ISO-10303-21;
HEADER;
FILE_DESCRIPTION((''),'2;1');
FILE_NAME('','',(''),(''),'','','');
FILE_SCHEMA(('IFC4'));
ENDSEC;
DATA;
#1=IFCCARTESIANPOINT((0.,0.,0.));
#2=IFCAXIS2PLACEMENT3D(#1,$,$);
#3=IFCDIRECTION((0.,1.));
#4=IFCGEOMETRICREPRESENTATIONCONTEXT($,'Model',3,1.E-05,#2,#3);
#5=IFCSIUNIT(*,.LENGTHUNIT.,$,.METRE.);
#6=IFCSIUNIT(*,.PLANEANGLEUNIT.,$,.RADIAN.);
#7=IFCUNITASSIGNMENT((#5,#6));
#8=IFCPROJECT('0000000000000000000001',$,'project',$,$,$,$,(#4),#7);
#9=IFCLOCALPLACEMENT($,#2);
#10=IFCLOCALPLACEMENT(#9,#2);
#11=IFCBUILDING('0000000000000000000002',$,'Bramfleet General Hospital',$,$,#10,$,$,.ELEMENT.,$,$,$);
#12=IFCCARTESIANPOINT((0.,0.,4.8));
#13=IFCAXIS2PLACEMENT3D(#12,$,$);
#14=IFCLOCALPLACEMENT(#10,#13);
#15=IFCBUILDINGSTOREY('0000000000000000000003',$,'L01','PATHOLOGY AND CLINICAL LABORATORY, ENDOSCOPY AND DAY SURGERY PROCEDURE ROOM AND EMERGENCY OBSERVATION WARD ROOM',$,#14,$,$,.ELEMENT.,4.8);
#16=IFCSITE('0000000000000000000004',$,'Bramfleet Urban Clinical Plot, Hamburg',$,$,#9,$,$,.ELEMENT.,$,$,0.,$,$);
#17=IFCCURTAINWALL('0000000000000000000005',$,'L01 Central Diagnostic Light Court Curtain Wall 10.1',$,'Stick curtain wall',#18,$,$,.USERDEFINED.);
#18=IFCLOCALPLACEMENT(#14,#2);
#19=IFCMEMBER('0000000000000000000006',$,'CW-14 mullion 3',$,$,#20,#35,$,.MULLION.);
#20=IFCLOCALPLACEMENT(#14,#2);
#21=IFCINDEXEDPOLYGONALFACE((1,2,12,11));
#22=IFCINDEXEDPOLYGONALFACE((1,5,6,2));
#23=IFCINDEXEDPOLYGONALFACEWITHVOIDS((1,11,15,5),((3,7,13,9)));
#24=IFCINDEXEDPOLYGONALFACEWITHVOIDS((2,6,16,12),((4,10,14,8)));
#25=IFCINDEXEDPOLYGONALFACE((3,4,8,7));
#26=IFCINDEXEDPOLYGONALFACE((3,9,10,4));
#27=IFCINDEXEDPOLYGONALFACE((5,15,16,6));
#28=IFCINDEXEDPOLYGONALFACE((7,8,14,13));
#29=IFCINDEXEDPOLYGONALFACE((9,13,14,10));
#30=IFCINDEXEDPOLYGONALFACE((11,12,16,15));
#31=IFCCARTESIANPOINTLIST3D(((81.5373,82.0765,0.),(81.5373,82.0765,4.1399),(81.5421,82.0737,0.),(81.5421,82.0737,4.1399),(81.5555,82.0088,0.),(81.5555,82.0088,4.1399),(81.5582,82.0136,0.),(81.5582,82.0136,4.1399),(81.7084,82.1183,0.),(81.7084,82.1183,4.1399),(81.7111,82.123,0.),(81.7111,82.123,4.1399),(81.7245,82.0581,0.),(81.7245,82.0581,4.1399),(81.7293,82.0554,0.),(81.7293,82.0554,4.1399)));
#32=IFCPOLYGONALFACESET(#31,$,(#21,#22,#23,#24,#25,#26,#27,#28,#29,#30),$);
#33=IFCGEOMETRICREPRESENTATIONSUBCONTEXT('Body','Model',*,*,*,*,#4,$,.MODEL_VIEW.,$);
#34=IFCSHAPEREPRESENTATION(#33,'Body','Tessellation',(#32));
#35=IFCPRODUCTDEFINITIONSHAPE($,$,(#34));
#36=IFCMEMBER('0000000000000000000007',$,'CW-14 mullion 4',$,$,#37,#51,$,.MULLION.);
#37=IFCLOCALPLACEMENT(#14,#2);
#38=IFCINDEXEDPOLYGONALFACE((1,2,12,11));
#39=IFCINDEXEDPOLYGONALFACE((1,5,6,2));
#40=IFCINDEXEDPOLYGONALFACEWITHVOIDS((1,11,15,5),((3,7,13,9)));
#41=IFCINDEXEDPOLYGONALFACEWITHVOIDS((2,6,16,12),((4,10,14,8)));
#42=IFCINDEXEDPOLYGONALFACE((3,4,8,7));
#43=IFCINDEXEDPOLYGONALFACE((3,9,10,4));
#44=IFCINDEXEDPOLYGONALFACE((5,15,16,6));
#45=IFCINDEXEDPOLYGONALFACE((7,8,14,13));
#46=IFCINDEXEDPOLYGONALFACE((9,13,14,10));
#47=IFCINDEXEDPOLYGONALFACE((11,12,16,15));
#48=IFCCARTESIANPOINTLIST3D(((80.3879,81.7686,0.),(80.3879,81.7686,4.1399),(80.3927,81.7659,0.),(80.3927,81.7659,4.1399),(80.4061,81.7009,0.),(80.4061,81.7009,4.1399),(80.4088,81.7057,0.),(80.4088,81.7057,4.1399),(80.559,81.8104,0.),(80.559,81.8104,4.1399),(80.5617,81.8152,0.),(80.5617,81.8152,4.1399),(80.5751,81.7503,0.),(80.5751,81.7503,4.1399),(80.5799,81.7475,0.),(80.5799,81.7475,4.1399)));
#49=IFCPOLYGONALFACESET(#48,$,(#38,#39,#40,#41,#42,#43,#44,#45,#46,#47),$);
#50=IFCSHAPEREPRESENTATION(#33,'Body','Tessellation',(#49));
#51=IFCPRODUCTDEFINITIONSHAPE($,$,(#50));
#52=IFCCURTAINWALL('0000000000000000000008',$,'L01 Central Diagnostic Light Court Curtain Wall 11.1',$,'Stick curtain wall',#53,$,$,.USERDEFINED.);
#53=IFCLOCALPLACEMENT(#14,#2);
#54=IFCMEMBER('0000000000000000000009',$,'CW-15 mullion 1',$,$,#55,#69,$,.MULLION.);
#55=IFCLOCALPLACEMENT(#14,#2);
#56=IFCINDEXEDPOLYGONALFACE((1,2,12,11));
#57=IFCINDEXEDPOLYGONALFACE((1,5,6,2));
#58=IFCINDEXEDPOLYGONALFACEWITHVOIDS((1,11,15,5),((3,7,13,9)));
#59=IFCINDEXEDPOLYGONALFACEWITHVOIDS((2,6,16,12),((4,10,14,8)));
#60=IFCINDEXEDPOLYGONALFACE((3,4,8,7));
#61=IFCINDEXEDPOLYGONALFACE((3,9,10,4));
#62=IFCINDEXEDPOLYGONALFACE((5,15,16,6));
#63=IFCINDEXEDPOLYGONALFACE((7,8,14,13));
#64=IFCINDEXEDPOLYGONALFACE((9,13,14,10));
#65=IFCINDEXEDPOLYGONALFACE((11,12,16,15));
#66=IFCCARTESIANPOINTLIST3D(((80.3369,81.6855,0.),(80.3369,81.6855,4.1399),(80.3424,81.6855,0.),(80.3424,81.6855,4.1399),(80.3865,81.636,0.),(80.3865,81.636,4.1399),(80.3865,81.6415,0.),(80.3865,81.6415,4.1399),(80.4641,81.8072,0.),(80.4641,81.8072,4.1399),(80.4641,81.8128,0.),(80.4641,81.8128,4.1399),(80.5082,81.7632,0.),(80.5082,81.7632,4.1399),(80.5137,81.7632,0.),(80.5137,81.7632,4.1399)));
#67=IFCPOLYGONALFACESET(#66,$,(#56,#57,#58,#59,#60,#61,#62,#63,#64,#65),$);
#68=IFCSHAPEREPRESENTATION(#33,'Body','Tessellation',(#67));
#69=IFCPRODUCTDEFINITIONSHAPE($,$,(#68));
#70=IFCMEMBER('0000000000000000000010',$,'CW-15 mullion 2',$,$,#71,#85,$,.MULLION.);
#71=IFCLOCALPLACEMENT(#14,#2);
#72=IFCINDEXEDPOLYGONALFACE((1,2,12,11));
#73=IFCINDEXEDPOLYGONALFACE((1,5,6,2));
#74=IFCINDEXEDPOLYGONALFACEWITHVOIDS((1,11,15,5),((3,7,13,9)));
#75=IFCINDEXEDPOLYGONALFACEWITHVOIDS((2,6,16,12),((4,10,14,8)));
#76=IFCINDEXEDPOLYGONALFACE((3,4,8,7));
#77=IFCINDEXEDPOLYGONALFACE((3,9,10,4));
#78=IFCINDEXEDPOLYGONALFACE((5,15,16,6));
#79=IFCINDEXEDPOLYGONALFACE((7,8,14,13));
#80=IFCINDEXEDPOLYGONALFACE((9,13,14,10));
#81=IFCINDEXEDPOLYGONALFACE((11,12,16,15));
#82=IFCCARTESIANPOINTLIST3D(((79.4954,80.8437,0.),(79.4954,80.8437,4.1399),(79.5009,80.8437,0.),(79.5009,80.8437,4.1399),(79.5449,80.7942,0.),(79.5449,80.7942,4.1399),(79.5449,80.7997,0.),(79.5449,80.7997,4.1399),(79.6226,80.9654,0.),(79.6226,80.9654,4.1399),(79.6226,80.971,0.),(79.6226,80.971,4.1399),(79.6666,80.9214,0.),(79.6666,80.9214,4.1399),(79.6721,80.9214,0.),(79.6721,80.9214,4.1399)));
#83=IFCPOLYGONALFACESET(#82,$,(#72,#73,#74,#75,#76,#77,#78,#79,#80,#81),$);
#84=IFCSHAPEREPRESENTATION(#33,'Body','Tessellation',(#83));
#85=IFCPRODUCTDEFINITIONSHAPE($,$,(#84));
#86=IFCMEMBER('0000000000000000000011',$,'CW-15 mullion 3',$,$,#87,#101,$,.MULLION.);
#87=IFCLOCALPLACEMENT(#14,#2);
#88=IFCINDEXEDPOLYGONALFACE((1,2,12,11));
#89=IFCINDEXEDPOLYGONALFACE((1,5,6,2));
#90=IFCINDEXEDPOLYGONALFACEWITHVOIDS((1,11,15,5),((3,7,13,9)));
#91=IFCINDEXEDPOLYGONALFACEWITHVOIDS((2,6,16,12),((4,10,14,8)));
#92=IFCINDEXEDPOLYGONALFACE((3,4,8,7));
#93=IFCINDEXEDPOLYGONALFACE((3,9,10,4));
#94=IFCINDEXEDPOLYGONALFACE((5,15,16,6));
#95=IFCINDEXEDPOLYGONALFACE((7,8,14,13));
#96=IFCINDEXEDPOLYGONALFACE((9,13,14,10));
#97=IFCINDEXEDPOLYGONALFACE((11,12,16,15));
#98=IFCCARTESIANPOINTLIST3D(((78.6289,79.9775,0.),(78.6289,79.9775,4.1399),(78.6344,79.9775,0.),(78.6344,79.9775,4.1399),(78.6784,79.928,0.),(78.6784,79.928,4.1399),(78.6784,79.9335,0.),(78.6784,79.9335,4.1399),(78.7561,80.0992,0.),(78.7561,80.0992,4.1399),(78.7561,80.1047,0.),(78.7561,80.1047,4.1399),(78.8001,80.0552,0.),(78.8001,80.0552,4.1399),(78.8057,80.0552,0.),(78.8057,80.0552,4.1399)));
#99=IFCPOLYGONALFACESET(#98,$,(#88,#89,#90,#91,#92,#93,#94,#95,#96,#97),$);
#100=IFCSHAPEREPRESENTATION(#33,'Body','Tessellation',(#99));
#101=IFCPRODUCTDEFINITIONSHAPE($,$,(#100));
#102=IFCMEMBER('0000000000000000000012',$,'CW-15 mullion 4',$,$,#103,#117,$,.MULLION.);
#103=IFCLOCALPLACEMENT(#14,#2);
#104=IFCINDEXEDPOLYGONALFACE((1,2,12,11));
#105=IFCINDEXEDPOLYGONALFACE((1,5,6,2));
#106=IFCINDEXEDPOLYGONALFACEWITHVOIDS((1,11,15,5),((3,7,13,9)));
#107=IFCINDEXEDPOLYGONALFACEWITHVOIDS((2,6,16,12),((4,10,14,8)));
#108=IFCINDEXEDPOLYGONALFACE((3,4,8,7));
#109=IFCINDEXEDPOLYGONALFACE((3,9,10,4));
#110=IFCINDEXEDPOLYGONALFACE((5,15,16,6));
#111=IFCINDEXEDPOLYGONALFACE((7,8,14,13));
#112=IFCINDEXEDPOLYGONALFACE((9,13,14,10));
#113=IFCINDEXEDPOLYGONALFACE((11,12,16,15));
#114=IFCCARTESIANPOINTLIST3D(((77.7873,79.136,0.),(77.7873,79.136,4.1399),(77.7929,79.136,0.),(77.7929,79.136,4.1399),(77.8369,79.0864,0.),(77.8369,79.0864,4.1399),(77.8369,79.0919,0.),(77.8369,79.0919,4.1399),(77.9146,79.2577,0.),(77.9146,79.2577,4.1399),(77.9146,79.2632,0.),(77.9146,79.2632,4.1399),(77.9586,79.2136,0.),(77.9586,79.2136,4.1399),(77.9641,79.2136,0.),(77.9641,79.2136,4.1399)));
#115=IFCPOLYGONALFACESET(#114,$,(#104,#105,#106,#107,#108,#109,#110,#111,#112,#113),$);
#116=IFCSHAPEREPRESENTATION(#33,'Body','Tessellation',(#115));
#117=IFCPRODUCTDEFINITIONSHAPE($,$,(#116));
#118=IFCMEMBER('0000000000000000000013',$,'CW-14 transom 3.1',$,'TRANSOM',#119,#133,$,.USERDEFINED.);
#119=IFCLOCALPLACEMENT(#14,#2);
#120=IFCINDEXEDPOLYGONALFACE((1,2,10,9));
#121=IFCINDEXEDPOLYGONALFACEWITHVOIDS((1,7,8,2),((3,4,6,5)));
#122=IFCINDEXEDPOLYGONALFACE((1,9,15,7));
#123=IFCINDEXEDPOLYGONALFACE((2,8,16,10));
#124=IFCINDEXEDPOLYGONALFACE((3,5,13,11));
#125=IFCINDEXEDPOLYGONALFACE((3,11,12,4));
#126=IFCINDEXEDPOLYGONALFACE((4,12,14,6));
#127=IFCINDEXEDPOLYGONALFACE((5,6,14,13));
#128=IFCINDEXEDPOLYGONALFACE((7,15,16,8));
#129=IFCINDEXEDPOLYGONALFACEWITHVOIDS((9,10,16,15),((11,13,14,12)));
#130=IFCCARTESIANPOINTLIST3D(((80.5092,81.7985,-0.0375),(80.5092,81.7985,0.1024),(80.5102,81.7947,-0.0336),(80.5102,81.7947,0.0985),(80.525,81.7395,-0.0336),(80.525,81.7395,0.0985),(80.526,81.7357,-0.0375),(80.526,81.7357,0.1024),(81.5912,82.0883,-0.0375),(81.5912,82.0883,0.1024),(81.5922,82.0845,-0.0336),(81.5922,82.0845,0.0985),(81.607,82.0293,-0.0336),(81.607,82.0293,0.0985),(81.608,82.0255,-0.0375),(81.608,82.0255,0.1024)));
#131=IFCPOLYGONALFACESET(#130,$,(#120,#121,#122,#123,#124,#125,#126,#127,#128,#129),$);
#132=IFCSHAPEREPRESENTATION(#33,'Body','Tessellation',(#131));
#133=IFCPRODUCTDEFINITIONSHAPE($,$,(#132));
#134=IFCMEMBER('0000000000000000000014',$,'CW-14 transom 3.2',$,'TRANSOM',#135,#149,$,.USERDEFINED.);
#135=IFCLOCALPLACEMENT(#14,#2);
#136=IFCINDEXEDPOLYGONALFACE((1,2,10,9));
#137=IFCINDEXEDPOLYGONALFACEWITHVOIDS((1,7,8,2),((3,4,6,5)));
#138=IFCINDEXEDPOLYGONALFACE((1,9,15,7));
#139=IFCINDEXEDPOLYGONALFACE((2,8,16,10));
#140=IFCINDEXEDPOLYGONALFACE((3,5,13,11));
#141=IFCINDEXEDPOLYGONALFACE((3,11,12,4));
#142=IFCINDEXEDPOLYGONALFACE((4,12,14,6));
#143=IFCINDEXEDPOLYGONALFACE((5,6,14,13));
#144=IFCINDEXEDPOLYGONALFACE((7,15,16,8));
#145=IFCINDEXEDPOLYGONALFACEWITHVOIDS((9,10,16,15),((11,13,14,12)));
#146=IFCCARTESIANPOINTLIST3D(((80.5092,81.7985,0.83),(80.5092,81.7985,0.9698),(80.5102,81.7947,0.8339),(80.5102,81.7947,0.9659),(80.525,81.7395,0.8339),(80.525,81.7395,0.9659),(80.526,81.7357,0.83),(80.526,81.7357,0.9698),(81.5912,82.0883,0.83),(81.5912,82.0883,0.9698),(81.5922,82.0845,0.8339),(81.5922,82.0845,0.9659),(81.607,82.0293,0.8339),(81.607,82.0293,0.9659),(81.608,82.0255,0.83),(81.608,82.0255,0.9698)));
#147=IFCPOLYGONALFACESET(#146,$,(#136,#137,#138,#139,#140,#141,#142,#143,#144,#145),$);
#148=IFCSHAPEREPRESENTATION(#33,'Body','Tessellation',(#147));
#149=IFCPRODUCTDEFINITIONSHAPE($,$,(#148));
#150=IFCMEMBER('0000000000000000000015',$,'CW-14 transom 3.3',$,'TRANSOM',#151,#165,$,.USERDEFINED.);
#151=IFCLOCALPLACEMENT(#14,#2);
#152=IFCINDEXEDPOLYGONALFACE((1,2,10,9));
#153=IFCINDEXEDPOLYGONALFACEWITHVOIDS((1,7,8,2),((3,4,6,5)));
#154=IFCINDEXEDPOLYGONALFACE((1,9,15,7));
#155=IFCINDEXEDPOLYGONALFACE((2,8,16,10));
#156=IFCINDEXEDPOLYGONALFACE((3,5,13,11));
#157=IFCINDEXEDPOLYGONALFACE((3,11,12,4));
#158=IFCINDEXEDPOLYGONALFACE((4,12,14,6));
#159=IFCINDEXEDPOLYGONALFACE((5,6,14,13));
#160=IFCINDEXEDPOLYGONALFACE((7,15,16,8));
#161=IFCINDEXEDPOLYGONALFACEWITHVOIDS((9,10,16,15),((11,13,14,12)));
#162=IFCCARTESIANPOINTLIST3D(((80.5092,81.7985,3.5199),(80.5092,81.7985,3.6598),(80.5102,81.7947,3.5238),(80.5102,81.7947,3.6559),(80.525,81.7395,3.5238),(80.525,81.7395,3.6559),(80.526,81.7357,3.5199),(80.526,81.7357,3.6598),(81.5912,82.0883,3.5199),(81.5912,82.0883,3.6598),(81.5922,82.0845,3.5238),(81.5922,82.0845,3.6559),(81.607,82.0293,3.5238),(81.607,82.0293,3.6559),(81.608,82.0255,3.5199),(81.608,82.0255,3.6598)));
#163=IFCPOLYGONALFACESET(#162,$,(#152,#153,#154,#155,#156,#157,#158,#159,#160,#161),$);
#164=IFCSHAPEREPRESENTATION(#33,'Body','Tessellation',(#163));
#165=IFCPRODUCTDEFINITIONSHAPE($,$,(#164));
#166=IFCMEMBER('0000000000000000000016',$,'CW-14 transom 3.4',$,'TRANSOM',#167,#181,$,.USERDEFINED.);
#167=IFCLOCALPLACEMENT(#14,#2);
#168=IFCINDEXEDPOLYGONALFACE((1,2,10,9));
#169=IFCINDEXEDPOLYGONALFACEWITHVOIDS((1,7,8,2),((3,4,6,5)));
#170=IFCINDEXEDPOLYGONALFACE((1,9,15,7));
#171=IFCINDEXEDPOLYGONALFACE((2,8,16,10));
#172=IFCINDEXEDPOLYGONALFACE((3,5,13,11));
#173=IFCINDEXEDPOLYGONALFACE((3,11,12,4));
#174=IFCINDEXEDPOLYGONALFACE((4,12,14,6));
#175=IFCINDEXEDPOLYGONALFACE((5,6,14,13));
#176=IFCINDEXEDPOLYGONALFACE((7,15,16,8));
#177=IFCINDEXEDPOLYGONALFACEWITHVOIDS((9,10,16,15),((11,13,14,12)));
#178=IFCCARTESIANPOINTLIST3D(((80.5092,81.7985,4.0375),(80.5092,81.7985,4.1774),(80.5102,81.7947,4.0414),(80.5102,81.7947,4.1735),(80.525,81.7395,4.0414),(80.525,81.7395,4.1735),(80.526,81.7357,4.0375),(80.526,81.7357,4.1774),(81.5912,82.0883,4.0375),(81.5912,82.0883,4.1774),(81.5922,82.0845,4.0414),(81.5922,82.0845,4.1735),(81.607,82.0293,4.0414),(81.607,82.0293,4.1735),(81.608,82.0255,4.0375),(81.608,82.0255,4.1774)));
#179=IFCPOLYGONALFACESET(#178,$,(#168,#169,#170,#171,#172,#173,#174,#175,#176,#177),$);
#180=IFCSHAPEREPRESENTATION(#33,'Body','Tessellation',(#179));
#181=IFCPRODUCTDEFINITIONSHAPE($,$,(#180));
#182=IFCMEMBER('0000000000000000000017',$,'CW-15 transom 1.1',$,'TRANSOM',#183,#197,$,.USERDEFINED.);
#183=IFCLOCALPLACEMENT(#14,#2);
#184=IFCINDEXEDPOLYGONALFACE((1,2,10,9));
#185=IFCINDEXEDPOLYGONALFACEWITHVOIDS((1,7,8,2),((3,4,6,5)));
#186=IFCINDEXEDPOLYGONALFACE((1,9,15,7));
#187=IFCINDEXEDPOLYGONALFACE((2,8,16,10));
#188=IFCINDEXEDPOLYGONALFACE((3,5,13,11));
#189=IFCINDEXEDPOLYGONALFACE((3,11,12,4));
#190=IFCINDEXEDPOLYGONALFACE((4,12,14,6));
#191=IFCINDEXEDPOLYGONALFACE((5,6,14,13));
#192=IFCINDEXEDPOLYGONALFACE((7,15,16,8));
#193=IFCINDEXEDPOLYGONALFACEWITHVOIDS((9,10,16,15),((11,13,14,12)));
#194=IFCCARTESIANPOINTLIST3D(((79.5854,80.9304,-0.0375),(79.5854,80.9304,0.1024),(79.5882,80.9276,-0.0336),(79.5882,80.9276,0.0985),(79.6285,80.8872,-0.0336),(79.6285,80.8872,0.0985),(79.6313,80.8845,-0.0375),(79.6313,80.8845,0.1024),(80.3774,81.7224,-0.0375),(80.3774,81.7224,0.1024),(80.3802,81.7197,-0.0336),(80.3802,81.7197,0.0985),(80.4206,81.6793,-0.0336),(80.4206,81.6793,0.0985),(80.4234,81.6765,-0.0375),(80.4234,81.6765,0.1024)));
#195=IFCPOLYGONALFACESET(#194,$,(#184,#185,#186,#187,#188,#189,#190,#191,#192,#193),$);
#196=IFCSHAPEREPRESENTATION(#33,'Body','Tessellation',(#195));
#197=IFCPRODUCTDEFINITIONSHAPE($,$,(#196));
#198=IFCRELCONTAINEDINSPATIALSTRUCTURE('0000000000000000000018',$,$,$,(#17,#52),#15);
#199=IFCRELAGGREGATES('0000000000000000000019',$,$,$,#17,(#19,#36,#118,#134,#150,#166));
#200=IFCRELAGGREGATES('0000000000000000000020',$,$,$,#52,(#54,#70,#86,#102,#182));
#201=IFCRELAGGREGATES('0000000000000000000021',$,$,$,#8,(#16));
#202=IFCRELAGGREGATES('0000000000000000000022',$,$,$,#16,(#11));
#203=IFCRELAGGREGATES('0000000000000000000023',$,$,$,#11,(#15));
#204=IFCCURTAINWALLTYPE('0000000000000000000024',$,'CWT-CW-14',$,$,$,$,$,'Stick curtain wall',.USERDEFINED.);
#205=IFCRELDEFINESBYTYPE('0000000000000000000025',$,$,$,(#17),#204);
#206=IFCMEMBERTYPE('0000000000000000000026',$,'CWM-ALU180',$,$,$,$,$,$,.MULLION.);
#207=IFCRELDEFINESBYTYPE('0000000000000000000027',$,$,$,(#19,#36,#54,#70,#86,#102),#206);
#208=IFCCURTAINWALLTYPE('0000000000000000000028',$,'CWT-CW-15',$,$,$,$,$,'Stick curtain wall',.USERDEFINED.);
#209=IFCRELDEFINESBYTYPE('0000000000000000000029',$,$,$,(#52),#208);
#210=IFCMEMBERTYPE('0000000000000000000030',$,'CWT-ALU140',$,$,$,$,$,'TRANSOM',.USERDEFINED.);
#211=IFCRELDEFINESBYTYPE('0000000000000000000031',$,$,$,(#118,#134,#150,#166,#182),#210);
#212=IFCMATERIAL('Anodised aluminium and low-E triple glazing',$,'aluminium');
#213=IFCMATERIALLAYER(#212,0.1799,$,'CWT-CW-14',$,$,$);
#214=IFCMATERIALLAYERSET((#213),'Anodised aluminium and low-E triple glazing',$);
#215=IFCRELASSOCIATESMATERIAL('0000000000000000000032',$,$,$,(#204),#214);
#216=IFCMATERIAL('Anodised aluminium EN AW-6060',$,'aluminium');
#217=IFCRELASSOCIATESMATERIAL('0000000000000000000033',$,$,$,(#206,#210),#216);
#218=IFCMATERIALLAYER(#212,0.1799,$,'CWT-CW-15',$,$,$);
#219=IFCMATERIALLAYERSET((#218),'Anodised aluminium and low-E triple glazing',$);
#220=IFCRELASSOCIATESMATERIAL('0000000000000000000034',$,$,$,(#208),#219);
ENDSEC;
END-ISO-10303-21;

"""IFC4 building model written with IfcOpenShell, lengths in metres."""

from ifc_helpers import new_model, si_unit, direction, frame, origin, origin_2d, place, context, subcontext, project, spatial, hollow_rectangle, extrude, material, layer, layer_set, material_profile, profile_set, type_object, element, aggregate, save


model = new_model("IFC4")

# Units and contexts
model_context = context("Model", 3, precision=1e-05, world=origin(), true_north=direction((0.0, 1.0)))
body_context = subcontext(model_context, "Body", "Model", "MODEL_VIEW")
ifc_project = project(units=[si_unit("LENGTHUNIT", "METRE"), si_unit("PLANEANGLEUNIT", "RADIAN")], contexts=[model_context])

# Site, building, storey
site_placement = place(None, origin())
site = spatial("IfcSite", under=ifc_project, at=site_placement, Name="Bramfleet Urban Clinical Plot, Hamburg", CompositionType="ELEMENT", RefElevation=0.0)
building_placement = place(site_placement, origin())
building = spatial("IfcBuilding", under=site, at=building_placement, Name="Bramfleet General Hospital", CompositionType="ELEMENT")
storey_placement = place(building_placement, frame((0.0, 0.0, 4.8)))
storey = spatial("IfcBuildingStorey", under=building, at=storey_placement, Name="L01", Description="PATHOLOGY AND CLINICAL LABORATORY, ENDOSCOPY AND DAY SURGERY PROCEDURE ROOM AND EMERGENCY OBSERVATION WARD ROOM", CompositionType="ELEMENT", Elevation=4.8)

# Curtain walls, members
ifc_material_1 = material(Name="Anodised aluminium and low-E triple glazing", Category="aluminium")
ifc_layer_1 = layer(ifc_material_1, 0.1799, Name="CWT-CW-14")
ifc_layer_set_1 = layer_set([ifc_layer_1], Name="Anodised aluminium and low-E triple glazing")
curtain_wall_type_1 = type_object("IfcCurtainWallType", Name="CWT-CW-14", ElementType="Stick curtain wall", PredefinedType="USERDEFINED", material=ifc_layer_set_1)
curtain_wall_1_placement = place(storey_placement, origin())
curtain_wall_1 = element("IfcCurtainWall", 1, at=curtain_wall_1_placement, inside=storey, type_object=curtain_wall_type_1, Name="L01 Central Diagnostic Light Court Curtain Wall 10.1", ObjectType="Stick curtain wall", PredefinedType="USERDEFINED")
ifc_material_2 = material(Name="Anodised aluminium EN AW-6060", Category="aluminium")
ifc_material_profile_1 = material_profile(ifc_material_2, hollow_rectangle(XDim=0.0701, YDim=0.1799, WallThickness=0.0039, at=origin_2d()), Name="ALU 180x70x4.0")
ifc_profile_set_1 = profile_set([ifc_material_profile_1], Name="Anodised aluminium EN AW-6060")
member_type_1 = type_object("IfcMemberType", Name="CWM-ALU180", PredefinedType="MULLION", material=ifc_profile_set_1)
member_1_placement = place(storey_placement, frame((81.6333, 82.0659, 0.0), z_axis=(0.0, 0.0, 1.0), x_axis=(0.258763, -0.965941, 0.0)))
member_1 = element("IfcMember", 2, at=member_1_placement, type_object=member_type_1, Name="CW-14 mullion 3", PredefinedType="MULLION", context=body_context, shape_type="SweptSolid", body=[
    extrude(hollow_rectangle(XDim=0.0701, YDim=0.1799, WallThickness=0.0039, at=origin_2d()), origin(), (0.0, 0.0, 1.0), 4.1399),
])
member_2_placement = place(storey_placement, frame((80.4839, 81.7581, 0.0), z_axis=(0.0, 0.0, 1.0), x_axis=(0.258763, -0.965941, 0.0)))
member_2 = element("IfcMember", 3, at=member_2_placement, type_object=member_type_1, Name="CW-14 mullion 4", PredefinedType="MULLION", context=body_context, shape_type="SweptSolid", body=[
    extrude(hollow_rectangle(XDim=0.0701, YDim=0.1799, WallThickness=0.0039, at=origin_2d()), origin(), (0.0, 0.0, 1.0), 4.1399),
])
ifc_layer_2 = layer(ifc_material_1, 0.1799, Name="CWT-CW-15")
ifc_layer_set_2 = layer_set([ifc_layer_2], Name="Anodised aluminium and low-E triple glazing")
curtain_wall_type_2 = type_object("IfcCurtainWallType", Name="CWT-CW-15", ElementType="Stick curtain wall", PredefinedType="USERDEFINED", material=ifc_layer_set_2)
curtain_wall_2_placement = place(storey_placement, origin())
curtain_wall_2 = element("IfcCurtainWall", 4, at=curtain_wall_2_placement, inside=storey, type_object=curtain_wall_type_2, Name="L01 Central Diagnostic Light Court Curtain Wall 11.1", ObjectType="Stick curtain wall", PredefinedType="USERDEFINED")
member_3_placement = place(storey_placement, frame((80.4253, 81.7244, 0.0), z_axis=(0.0, 0.0, 1.0), x_axis=(0.707107, -0.707107, 0.0)))
member_3 = element("IfcMember", 5, at=member_3_placement, type_object=member_type_1, Name="CW-15 mullion 1", PredefinedType="MULLION", context=body_context, shape_type="SweptSolid", body=[
    extrude(hollow_rectangle(XDim=0.0701, YDim=0.1799, WallThickness=0.0039, at=origin_2d()), origin(), (0.0, 0.0, 1.0), 4.1399),
])
member_4_placement = place(storey_placement, frame((79.5837, 80.8826, 0.0), z_axis=(0.0, 0.0, 1.0), x_axis=(0.707107, -0.707107, 0.0)))
member_4 = element("IfcMember", 6, at=member_4_placement, type_object=member_type_1, Name="CW-15 mullion 2", PredefinedType="MULLION", context=body_context, shape_type="SweptSolid", body=[
    extrude(hollow_rectangle(XDim=0.0701, YDim=0.1799, WallThickness=0.0039, at=origin_2d()), origin(), (0.0, 0.0, 1.0), 4.1399),
])
member_5_placement = place(storey_placement, frame((78.7173, 80.0164, 0.0), z_axis=(0.0, 0.0, 1.0), x_axis=(0.707107, -0.707107, 0.0)))
member_5 = element("IfcMember", 7, at=member_5_placement, type_object=member_type_1, Name="CW-15 mullion 3", PredefinedType="MULLION", context=body_context, shape_type="SweptSolid", body=[
    extrude(hollow_rectangle(XDim=0.0701, YDim=0.1799, WallThickness=0.0039, at=origin_2d()), origin(), (0.0, 0.0, 1.0), 4.1399),
])
member_6_placement = place(storey_placement, frame((77.8757, 79.1748, 0.0), z_axis=(0.0, 0.0, 1.0), x_axis=(0.707107, -0.707107, 0.0)))
member_6 = element("IfcMember", 8, at=member_6_placement, type_object=member_type_1, Name="CW-15 mullion 4", PredefinedType="MULLION", context=body_context, shape_type="SweptSolid", body=[
    extrude(hollow_rectangle(XDim=0.0701, YDim=0.1799, WallThickness=0.0039, at=origin_2d()), origin(), (0.0, 0.0, 1.0), 4.1399),
])

# Members
ifc_material_profile_2 = material_profile(ifc_material_2, hollow_rectangle(XDim=0.0649, YDim=0.1399, WallThickness=0.0039, at=origin_2d()), Name="ALU 140x65x4.0")
ifc_profile_set_2 = profile_set([ifc_material_profile_2], Name="Anodised aluminium EN AW-6060")
member_type_2 = type_object("IfcMemberType", Name="CWT-ALU140", ElementType="TRANSOM", PredefinedType="USERDEFINED", material=ifc_profile_set_2)
member_7_placement = place(storey_placement, frame((81.5996, 82.0569, 0.0325), z_axis=(-0.965956, -0.258707, 0.0), x_axis=(0.258707, -0.965956, 0.0)))
member_7 = element("IfcMember", 9, at=member_7_placement, type_object=member_type_2, Name="CW-14 transom 3.1", ObjectType="TRANSOM", PredefinedType="USERDEFINED", context=body_context, shape_type="SweptSolid", body=[
    extrude(hollow_rectangle(XDim=0.0649, YDim=0.1399, WallThickness=0.0039, at=origin_2d()), origin(), (0.0, 0.0, 1.0), 1.1201),
])
member_8_placement = place(storey_placement, frame((81.5996, 82.0569, 0.8999), z_axis=(-0.965956, -0.258707, 0.0), x_axis=(0.258707, -0.965956, 0.0)))
member_8 = element("IfcMember", 10, at=member_8_placement, type_object=member_type_2, Name="CW-14 transom 3.2", ObjectType="TRANSOM", PredefinedType="USERDEFINED", context=body_context, shape_type="SweptSolid", body=[
    extrude(hollow_rectangle(XDim=0.0649, YDim=0.1399, WallThickness=0.0039, at=origin_2d()), origin(), (0.0, 0.0, 1.0), 1.1201),
])
member_9_placement = place(storey_placement, frame((81.5996, 82.0569, 3.5898), z_axis=(-0.965956, -0.258707, 0.0), x_axis=(0.258707, -0.965956, 0.0)))
member_9 = element("IfcMember", 11, at=member_9_placement, type_object=member_type_2, Name="CW-14 transom 3.3", ObjectType="TRANSOM", PredefinedType="USERDEFINED", context=body_context, shape_type="SweptSolid", body=[
    extrude(hollow_rectangle(XDim=0.0649, YDim=0.1399, WallThickness=0.0039, at=origin_2d()), origin(), (0.0, 0.0, 1.0), 1.1201),
])
member_10_placement = place(storey_placement, frame((81.5996, 82.0569, 4.1074), z_axis=(-0.965956, -0.258707, 0.0), x_axis=(0.258707, -0.965956, 0.0)))
member_10 = element("IfcMember", 12, at=member_10_placement, type_object=member_type_2, Name="CW-14 transom 3.4", ObjectType="TRANSOM", PredefinedType="USERDEFINED", context=body_context, shape_type="SweptSolid", body=[
    extrude(hollow_rectangle(XDim=0.0649, YDim=0.1399, WallThickness=0.0039, at=origin_2d()), origin(), (0.0, 0.0, 1.0), 1.1201),
])
member_11_placement = place(storey_placement, frame((80.4004, 81.6995, 0.0325), z_axis=(-0.707107, -0.707107, 0.0), x_axis=(0.707107, -0.707107, 0.0)))
member_11 = element("IfcMember", 13, at=member_11_placement, type_object=member_type_2, Name="CW-15 transom 1.1", ObjectType="TRANSOM", PredefinedType="USERDEFINED", context=body_context, shape_type="SweptSolid", body=[
    extrude(hollow_rectangle(XDim=0.0649, YDim=0.1399, WallThickness=0.0039, at=origin_2d()), origin(), (0.0, 0.0, 1.0), 1.1201),
])

aggregate(curtain_wall_1, [member_1, member_2, member_7, member_8, member_9, member_10])
aggregate(curtain_wall_2, [member_3, member_4, member_5, member_6, member_11])

save(model, "model.ifc")
